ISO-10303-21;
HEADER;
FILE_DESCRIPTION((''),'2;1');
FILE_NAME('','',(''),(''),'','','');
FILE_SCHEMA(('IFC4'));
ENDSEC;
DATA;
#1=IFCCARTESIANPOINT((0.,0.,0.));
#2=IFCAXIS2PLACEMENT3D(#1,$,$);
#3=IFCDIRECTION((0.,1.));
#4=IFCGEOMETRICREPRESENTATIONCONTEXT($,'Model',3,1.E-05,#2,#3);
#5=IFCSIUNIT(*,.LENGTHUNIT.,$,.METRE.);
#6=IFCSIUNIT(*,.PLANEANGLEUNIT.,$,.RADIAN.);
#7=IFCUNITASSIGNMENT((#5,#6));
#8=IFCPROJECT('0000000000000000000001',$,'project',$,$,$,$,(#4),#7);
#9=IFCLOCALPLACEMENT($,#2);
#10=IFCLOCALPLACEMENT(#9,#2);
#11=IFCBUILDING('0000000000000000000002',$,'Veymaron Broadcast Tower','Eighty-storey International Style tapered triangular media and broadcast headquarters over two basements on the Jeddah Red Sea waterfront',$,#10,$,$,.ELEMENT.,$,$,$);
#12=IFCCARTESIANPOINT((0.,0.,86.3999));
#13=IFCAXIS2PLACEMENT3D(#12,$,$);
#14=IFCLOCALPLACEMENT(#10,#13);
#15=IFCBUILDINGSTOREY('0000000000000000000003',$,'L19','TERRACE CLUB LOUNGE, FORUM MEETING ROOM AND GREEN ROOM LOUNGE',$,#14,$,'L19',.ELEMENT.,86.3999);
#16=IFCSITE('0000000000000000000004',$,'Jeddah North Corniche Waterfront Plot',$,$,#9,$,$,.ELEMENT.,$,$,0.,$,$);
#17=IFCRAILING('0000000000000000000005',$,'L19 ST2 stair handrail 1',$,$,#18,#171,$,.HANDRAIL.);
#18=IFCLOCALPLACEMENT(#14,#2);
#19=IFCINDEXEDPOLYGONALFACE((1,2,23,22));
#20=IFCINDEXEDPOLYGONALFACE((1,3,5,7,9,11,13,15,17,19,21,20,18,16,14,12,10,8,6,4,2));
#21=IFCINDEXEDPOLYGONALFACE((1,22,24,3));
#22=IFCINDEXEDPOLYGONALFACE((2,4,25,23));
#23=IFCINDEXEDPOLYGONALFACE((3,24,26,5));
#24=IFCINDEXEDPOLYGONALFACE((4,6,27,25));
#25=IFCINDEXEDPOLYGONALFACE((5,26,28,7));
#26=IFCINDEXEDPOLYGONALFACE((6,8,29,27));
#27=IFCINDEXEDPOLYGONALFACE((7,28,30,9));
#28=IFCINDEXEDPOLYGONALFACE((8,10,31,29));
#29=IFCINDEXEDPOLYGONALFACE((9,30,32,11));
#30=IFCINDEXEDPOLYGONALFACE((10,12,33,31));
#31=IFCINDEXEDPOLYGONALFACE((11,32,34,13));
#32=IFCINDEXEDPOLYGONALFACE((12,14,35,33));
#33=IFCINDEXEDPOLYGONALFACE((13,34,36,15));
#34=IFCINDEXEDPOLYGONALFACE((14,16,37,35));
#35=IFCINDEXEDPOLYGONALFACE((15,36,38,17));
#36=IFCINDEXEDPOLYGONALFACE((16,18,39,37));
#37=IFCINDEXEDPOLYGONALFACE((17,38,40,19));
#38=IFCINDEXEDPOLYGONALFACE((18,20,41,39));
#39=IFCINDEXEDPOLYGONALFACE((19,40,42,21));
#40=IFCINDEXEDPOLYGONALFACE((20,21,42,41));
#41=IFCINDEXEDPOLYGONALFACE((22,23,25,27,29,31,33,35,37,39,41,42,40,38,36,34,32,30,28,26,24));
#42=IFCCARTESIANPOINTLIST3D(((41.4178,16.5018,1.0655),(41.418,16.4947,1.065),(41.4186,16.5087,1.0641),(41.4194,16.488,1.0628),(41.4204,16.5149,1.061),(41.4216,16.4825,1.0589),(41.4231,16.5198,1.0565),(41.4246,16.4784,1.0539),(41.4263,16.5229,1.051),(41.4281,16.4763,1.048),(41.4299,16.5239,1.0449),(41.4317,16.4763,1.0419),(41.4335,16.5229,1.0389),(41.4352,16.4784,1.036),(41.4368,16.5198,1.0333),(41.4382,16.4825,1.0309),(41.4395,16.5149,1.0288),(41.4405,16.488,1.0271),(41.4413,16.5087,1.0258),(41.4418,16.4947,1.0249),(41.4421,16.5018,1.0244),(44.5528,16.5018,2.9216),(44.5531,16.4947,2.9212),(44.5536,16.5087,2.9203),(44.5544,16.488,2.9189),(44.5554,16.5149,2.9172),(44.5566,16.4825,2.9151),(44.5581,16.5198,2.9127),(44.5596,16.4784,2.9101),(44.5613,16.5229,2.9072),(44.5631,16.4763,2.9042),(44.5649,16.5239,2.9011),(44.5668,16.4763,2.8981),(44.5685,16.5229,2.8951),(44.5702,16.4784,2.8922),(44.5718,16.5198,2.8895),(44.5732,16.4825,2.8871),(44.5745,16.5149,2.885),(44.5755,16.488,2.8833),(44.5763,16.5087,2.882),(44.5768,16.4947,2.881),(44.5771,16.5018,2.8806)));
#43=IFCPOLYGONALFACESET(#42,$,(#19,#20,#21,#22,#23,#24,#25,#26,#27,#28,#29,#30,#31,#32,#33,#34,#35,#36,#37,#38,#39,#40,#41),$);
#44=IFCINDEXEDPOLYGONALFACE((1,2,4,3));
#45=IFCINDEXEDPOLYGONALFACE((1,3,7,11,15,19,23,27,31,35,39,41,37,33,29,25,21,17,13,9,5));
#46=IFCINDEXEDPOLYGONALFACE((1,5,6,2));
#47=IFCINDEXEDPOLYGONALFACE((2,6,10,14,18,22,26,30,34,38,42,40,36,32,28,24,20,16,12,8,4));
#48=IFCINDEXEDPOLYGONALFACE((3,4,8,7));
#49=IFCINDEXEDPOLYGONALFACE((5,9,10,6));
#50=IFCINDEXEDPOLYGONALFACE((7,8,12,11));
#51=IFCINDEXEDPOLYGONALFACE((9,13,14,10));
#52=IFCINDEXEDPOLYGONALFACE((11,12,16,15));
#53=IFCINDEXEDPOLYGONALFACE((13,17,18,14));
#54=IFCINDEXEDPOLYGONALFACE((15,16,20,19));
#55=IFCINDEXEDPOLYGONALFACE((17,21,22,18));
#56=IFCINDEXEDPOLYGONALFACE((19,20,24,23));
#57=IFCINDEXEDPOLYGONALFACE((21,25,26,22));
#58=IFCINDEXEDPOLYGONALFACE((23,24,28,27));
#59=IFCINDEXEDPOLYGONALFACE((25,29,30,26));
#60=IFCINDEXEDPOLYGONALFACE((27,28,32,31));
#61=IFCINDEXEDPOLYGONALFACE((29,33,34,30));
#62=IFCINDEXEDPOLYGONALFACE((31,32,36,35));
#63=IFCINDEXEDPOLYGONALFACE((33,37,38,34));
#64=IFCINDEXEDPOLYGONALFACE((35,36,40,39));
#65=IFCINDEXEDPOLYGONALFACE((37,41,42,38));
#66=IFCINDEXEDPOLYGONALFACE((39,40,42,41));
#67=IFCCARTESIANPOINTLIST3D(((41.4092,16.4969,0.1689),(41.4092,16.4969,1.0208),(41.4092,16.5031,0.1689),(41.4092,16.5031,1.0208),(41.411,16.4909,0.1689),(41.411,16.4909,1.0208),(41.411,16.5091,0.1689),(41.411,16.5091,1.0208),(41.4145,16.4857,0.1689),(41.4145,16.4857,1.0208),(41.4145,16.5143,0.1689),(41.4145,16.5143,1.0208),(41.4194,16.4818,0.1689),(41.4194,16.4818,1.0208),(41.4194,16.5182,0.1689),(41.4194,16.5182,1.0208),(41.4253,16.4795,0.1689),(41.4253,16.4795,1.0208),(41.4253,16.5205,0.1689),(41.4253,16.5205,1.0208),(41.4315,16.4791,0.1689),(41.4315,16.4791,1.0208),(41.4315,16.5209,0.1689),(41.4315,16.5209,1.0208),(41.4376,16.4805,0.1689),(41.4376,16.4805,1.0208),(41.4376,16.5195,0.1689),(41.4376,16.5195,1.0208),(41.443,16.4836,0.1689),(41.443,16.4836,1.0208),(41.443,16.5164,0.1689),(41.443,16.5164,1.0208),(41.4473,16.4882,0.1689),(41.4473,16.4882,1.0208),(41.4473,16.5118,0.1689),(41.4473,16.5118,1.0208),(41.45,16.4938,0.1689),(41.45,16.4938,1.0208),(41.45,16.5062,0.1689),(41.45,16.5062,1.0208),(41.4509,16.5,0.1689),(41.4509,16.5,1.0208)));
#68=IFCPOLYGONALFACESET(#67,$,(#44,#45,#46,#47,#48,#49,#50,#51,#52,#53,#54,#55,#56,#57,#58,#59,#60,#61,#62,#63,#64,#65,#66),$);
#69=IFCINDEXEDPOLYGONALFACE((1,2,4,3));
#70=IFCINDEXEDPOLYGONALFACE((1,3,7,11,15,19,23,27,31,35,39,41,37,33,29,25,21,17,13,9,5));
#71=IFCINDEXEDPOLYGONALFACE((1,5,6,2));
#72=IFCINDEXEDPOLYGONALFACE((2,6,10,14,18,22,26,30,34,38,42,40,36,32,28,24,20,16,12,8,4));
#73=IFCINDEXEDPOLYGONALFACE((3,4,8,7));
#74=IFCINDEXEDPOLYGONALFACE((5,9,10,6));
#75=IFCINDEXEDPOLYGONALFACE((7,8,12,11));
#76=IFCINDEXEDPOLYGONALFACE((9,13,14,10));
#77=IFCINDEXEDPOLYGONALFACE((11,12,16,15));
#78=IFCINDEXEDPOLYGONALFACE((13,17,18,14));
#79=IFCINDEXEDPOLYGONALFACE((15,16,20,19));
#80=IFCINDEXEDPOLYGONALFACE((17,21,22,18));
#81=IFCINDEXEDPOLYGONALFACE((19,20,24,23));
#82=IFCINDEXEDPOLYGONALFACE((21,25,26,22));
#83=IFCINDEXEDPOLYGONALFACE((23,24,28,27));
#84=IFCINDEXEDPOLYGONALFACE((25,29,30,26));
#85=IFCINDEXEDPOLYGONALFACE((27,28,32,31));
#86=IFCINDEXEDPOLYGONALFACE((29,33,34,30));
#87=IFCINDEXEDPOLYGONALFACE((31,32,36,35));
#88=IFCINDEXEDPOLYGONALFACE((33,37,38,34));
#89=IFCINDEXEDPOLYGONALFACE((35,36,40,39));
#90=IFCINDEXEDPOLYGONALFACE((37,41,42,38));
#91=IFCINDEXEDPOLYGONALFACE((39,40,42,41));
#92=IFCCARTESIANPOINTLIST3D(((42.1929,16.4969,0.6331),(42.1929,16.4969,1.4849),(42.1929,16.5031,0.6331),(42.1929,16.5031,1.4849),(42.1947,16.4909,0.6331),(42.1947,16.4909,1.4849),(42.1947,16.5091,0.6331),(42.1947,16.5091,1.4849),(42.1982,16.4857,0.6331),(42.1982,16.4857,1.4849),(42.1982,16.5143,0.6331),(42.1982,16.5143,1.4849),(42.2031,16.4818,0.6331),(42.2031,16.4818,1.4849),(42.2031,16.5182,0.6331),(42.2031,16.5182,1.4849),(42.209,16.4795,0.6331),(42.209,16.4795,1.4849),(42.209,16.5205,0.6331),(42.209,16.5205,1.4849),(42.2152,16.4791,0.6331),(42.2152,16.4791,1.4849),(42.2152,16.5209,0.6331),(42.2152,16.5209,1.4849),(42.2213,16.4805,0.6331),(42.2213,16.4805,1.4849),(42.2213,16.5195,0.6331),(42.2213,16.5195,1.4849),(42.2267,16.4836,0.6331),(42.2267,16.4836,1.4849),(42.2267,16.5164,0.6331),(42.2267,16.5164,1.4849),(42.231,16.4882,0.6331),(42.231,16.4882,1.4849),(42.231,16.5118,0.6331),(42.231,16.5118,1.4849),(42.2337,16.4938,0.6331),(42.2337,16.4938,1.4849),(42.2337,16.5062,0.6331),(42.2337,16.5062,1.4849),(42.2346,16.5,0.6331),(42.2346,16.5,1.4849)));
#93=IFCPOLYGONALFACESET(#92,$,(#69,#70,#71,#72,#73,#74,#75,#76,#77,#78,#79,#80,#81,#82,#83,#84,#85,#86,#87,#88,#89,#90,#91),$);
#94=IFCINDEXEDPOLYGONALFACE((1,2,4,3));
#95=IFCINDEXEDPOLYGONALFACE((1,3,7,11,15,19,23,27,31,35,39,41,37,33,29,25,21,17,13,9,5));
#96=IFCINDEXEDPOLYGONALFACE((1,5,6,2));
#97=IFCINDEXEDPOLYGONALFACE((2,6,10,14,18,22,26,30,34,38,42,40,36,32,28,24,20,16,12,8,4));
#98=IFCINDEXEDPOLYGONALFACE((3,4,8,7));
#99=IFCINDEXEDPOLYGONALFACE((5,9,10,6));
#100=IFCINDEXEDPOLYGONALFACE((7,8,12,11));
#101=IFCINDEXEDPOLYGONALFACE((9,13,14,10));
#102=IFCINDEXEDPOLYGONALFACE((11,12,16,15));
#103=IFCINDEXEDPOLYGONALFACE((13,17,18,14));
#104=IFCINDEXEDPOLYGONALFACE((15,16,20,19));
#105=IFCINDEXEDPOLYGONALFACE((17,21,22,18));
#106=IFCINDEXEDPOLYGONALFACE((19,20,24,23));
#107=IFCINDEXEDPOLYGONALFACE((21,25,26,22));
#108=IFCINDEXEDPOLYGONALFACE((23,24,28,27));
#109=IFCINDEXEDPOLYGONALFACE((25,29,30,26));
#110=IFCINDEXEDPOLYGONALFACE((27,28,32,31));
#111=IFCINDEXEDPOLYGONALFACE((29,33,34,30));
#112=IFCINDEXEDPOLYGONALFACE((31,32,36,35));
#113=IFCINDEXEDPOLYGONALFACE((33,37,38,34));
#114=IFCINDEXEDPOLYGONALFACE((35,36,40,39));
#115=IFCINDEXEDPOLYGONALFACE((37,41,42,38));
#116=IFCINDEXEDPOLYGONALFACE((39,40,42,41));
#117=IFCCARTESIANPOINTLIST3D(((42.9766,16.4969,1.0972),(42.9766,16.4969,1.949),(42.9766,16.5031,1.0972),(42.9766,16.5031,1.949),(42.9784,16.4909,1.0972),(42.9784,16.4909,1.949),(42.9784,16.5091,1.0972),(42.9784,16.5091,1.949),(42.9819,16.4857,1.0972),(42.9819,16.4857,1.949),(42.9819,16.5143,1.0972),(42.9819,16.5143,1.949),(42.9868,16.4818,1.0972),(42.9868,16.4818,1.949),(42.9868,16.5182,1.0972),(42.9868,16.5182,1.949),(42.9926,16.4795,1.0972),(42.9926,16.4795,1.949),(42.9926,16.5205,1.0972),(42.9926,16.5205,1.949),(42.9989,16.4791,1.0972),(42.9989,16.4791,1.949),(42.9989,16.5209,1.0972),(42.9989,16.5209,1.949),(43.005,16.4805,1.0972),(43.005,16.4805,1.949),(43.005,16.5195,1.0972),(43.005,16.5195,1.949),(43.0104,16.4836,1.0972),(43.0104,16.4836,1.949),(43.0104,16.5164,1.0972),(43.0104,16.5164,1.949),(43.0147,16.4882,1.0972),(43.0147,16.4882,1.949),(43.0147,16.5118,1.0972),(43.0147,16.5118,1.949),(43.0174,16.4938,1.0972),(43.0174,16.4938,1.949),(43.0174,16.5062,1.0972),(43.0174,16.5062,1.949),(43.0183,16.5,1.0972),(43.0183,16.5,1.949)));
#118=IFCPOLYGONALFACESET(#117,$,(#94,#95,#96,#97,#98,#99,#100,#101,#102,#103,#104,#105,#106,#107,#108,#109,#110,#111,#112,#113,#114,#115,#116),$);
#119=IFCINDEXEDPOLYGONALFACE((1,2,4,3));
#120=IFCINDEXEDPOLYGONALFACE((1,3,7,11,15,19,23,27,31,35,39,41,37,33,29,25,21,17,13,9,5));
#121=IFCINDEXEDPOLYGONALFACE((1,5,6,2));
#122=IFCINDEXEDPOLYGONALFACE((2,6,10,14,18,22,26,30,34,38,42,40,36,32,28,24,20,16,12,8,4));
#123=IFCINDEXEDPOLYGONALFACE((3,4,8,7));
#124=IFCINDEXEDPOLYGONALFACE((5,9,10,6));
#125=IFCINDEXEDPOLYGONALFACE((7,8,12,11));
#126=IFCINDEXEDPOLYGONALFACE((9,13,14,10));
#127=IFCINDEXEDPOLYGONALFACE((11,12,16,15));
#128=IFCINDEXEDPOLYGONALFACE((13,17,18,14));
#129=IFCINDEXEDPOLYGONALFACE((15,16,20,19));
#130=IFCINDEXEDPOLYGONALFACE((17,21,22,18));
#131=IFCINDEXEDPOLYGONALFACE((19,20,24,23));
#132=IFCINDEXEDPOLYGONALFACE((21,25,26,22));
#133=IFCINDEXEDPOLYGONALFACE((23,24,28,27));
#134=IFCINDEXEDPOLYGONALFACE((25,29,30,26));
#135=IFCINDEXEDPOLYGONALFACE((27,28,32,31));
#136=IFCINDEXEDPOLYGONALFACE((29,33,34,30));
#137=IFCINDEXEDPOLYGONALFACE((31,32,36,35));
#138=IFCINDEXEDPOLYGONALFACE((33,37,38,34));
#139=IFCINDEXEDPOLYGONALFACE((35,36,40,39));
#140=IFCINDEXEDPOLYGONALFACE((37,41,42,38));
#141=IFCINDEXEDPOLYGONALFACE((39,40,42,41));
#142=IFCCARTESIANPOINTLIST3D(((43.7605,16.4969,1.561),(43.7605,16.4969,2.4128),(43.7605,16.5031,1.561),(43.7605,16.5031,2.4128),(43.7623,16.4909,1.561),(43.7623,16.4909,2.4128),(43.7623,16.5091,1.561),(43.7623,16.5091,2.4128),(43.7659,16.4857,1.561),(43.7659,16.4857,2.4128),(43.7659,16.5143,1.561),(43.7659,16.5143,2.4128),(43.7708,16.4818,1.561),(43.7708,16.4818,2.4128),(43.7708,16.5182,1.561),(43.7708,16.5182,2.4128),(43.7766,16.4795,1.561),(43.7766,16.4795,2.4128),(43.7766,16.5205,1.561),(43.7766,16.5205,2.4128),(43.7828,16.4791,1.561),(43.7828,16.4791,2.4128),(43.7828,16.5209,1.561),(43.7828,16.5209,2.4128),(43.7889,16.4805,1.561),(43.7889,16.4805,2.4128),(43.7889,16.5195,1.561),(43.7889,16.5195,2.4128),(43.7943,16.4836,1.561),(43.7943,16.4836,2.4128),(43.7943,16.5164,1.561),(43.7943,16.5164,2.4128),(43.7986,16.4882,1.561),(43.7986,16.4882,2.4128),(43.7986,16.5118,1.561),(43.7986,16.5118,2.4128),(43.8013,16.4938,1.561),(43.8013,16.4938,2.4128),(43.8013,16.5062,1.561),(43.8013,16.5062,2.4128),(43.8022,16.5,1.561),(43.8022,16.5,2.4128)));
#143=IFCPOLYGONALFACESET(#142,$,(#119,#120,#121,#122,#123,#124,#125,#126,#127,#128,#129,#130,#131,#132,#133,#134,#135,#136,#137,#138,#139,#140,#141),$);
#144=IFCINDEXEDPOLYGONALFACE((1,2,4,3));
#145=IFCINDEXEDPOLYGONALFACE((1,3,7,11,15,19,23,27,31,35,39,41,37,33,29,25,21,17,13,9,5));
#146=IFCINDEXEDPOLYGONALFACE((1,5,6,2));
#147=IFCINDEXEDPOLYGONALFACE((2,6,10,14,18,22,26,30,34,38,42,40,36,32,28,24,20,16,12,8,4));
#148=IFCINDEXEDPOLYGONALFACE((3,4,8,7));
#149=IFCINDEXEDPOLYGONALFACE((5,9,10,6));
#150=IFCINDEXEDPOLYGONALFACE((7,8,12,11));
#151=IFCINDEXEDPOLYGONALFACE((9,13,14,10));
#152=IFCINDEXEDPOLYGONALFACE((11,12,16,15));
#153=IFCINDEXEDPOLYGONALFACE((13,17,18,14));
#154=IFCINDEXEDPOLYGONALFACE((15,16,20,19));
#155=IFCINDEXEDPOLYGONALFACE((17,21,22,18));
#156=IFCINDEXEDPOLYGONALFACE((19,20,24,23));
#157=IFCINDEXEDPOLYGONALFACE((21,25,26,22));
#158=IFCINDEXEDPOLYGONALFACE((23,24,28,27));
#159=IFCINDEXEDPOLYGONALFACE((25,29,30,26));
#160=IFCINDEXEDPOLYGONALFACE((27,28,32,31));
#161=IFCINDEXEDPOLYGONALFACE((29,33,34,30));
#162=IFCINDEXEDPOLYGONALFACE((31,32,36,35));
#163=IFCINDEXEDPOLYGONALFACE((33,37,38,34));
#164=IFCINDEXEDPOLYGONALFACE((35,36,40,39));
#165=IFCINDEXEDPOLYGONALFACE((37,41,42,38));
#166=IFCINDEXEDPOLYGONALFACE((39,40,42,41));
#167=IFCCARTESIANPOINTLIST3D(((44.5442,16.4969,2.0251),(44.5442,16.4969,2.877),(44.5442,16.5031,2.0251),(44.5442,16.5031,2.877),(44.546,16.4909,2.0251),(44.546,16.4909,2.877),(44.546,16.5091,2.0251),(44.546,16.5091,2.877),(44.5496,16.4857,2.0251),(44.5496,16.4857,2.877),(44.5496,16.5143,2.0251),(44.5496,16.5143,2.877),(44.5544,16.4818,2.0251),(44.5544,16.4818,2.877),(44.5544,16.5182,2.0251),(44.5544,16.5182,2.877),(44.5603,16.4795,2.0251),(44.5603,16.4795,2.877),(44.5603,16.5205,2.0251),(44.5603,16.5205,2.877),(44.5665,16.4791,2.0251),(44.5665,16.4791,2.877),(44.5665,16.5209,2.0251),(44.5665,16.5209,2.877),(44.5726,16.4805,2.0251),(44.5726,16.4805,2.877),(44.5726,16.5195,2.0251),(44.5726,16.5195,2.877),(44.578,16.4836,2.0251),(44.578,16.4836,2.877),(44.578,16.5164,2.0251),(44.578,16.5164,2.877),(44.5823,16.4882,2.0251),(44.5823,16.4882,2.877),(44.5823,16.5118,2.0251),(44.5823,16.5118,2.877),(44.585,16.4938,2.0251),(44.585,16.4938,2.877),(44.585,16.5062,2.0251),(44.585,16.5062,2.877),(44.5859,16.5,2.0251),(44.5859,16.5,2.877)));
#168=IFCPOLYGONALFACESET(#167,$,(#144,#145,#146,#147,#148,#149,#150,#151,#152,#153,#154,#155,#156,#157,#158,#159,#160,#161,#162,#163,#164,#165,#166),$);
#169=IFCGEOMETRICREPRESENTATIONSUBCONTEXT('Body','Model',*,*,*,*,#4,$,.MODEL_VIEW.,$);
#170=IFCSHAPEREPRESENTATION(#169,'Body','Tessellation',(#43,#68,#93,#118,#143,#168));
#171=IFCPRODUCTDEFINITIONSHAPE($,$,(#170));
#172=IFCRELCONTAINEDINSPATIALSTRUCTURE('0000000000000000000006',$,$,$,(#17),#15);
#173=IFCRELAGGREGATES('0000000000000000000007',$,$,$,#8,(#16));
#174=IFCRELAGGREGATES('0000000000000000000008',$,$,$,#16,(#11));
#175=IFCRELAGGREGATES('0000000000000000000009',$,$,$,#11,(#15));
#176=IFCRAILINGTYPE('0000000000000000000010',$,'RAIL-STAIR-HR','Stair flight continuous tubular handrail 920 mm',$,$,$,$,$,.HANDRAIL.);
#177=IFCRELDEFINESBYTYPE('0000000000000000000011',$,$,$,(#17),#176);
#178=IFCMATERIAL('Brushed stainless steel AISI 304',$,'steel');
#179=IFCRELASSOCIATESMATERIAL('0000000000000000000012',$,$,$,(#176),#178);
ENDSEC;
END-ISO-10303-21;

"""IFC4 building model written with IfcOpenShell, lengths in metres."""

from ifc_helpers import new_model, si_unit, direction, frame, origin, origin_2d, place, context, subcontext, project, spatial, circle, extrude, material, type_object, element, save


model = new_model("IFC4")

# Units and contexts
model_context = context("Model", 3, precision=1e-05, world=origin(), true_north=direction((0.0, 1.0)))
body_context = subcontext(model_context, "Body", "Model", "MODEL_VIEW")
ifc_project = project(units=[si_unit("LENGTHUNIT", "METRE"), si_unit("PLANEANGLEUNIT", "RADIAN")], contexts=[model_context])

# Site, building, storey
site_placement = place(None, origin())
site = spatial("IfcSite", under=ifc_project, at=site_placement, Name="Jeddah North Corniche Waterfront Plot", CompositionType="ELEMENT", RefElevation=0.0)
building_placement = place(site_placement, origin())
building = spatial("IfcBuilding", under=site, at=building_placement, Name="Veymaron Broadcast Tower", Description="Eighty-storey International Style tapered triangular media and broadcast headquarters over two basements on the Jeddah Red Sea waterfront", CompositionType="ELEMENT")
storey_placement = place(building_placement, frame((0.0, 0.0, 86.3999)))
storey = spatial("IfcBuildingStorey", under=building, at=storey_placement, Name="L19", Description="TERRACE CLUB LOUNGE, FORUM MEETING ROOM AND GREEN ROOM LOUNGE", LongName="L19", CompositionType="ELEMENT", Elevation=86.3999)

# Railing
ifc_material_1 = material(Name="Brushed stainless steel AISI 304", Category="steel")
railing_type_1 = type_object("IfcRailingType", Name="RAIL-STAIR-HR", Description="Stair flight continuous tubular handrail 920 mm", PredefinedType="HANDRAIL", material=ifc_material_1)
railing_1_placement = place(storey_placement, frame((41.4299, 16.5, 0.1689)))
element("IfcRailing", 1, at=railing_1_placement, inside=storey, type_object=railing_type_1, Name="L19 ST2 stair handrail 1", PredefinedType="HANDRAIL", context=body_context, shape_type="SweptSolid", body=[
    extrude(circle(Radius=0.0239, at=origin_2d()), frame((0.0, 0.0, 0.876), z_axis=(0.860482, 0.0, 0.509481), x_axis=(0.0, 1.0, 0.0)), (0.0, 0.0, 1.0), 3.6433),
    extrude(circle(Radius=0.021, at=origin_2d()), origin(), (0.0, 0.0, 1.0), 0.8518),
    extrude(circle(Radius=0.021, at=origin_2d()), frame((0.7837, 0.0, 0.4641)), (0.0, 0.0, 1.0), 0.8518),
    extrude(circle(Radius=0.021, at=origin_2d()), frame((1.5674, 0.0, 0.9282)), (0.0, 0.0, 1.0), 0.8518),
    extrude(circle(Radius=0.021, at=origin_2d()), frame((2.3513, 0.0, 1.3921)), (0.0, 0.0, 1.0), 0.8518),
    extrude(circle(Radius=0.021, at=origin_2d()), frame((3.135, 0.0, 1.8562)), (0.0, 0.0, 1.0), 0.8518),
])

save(model, "model.ifc")
